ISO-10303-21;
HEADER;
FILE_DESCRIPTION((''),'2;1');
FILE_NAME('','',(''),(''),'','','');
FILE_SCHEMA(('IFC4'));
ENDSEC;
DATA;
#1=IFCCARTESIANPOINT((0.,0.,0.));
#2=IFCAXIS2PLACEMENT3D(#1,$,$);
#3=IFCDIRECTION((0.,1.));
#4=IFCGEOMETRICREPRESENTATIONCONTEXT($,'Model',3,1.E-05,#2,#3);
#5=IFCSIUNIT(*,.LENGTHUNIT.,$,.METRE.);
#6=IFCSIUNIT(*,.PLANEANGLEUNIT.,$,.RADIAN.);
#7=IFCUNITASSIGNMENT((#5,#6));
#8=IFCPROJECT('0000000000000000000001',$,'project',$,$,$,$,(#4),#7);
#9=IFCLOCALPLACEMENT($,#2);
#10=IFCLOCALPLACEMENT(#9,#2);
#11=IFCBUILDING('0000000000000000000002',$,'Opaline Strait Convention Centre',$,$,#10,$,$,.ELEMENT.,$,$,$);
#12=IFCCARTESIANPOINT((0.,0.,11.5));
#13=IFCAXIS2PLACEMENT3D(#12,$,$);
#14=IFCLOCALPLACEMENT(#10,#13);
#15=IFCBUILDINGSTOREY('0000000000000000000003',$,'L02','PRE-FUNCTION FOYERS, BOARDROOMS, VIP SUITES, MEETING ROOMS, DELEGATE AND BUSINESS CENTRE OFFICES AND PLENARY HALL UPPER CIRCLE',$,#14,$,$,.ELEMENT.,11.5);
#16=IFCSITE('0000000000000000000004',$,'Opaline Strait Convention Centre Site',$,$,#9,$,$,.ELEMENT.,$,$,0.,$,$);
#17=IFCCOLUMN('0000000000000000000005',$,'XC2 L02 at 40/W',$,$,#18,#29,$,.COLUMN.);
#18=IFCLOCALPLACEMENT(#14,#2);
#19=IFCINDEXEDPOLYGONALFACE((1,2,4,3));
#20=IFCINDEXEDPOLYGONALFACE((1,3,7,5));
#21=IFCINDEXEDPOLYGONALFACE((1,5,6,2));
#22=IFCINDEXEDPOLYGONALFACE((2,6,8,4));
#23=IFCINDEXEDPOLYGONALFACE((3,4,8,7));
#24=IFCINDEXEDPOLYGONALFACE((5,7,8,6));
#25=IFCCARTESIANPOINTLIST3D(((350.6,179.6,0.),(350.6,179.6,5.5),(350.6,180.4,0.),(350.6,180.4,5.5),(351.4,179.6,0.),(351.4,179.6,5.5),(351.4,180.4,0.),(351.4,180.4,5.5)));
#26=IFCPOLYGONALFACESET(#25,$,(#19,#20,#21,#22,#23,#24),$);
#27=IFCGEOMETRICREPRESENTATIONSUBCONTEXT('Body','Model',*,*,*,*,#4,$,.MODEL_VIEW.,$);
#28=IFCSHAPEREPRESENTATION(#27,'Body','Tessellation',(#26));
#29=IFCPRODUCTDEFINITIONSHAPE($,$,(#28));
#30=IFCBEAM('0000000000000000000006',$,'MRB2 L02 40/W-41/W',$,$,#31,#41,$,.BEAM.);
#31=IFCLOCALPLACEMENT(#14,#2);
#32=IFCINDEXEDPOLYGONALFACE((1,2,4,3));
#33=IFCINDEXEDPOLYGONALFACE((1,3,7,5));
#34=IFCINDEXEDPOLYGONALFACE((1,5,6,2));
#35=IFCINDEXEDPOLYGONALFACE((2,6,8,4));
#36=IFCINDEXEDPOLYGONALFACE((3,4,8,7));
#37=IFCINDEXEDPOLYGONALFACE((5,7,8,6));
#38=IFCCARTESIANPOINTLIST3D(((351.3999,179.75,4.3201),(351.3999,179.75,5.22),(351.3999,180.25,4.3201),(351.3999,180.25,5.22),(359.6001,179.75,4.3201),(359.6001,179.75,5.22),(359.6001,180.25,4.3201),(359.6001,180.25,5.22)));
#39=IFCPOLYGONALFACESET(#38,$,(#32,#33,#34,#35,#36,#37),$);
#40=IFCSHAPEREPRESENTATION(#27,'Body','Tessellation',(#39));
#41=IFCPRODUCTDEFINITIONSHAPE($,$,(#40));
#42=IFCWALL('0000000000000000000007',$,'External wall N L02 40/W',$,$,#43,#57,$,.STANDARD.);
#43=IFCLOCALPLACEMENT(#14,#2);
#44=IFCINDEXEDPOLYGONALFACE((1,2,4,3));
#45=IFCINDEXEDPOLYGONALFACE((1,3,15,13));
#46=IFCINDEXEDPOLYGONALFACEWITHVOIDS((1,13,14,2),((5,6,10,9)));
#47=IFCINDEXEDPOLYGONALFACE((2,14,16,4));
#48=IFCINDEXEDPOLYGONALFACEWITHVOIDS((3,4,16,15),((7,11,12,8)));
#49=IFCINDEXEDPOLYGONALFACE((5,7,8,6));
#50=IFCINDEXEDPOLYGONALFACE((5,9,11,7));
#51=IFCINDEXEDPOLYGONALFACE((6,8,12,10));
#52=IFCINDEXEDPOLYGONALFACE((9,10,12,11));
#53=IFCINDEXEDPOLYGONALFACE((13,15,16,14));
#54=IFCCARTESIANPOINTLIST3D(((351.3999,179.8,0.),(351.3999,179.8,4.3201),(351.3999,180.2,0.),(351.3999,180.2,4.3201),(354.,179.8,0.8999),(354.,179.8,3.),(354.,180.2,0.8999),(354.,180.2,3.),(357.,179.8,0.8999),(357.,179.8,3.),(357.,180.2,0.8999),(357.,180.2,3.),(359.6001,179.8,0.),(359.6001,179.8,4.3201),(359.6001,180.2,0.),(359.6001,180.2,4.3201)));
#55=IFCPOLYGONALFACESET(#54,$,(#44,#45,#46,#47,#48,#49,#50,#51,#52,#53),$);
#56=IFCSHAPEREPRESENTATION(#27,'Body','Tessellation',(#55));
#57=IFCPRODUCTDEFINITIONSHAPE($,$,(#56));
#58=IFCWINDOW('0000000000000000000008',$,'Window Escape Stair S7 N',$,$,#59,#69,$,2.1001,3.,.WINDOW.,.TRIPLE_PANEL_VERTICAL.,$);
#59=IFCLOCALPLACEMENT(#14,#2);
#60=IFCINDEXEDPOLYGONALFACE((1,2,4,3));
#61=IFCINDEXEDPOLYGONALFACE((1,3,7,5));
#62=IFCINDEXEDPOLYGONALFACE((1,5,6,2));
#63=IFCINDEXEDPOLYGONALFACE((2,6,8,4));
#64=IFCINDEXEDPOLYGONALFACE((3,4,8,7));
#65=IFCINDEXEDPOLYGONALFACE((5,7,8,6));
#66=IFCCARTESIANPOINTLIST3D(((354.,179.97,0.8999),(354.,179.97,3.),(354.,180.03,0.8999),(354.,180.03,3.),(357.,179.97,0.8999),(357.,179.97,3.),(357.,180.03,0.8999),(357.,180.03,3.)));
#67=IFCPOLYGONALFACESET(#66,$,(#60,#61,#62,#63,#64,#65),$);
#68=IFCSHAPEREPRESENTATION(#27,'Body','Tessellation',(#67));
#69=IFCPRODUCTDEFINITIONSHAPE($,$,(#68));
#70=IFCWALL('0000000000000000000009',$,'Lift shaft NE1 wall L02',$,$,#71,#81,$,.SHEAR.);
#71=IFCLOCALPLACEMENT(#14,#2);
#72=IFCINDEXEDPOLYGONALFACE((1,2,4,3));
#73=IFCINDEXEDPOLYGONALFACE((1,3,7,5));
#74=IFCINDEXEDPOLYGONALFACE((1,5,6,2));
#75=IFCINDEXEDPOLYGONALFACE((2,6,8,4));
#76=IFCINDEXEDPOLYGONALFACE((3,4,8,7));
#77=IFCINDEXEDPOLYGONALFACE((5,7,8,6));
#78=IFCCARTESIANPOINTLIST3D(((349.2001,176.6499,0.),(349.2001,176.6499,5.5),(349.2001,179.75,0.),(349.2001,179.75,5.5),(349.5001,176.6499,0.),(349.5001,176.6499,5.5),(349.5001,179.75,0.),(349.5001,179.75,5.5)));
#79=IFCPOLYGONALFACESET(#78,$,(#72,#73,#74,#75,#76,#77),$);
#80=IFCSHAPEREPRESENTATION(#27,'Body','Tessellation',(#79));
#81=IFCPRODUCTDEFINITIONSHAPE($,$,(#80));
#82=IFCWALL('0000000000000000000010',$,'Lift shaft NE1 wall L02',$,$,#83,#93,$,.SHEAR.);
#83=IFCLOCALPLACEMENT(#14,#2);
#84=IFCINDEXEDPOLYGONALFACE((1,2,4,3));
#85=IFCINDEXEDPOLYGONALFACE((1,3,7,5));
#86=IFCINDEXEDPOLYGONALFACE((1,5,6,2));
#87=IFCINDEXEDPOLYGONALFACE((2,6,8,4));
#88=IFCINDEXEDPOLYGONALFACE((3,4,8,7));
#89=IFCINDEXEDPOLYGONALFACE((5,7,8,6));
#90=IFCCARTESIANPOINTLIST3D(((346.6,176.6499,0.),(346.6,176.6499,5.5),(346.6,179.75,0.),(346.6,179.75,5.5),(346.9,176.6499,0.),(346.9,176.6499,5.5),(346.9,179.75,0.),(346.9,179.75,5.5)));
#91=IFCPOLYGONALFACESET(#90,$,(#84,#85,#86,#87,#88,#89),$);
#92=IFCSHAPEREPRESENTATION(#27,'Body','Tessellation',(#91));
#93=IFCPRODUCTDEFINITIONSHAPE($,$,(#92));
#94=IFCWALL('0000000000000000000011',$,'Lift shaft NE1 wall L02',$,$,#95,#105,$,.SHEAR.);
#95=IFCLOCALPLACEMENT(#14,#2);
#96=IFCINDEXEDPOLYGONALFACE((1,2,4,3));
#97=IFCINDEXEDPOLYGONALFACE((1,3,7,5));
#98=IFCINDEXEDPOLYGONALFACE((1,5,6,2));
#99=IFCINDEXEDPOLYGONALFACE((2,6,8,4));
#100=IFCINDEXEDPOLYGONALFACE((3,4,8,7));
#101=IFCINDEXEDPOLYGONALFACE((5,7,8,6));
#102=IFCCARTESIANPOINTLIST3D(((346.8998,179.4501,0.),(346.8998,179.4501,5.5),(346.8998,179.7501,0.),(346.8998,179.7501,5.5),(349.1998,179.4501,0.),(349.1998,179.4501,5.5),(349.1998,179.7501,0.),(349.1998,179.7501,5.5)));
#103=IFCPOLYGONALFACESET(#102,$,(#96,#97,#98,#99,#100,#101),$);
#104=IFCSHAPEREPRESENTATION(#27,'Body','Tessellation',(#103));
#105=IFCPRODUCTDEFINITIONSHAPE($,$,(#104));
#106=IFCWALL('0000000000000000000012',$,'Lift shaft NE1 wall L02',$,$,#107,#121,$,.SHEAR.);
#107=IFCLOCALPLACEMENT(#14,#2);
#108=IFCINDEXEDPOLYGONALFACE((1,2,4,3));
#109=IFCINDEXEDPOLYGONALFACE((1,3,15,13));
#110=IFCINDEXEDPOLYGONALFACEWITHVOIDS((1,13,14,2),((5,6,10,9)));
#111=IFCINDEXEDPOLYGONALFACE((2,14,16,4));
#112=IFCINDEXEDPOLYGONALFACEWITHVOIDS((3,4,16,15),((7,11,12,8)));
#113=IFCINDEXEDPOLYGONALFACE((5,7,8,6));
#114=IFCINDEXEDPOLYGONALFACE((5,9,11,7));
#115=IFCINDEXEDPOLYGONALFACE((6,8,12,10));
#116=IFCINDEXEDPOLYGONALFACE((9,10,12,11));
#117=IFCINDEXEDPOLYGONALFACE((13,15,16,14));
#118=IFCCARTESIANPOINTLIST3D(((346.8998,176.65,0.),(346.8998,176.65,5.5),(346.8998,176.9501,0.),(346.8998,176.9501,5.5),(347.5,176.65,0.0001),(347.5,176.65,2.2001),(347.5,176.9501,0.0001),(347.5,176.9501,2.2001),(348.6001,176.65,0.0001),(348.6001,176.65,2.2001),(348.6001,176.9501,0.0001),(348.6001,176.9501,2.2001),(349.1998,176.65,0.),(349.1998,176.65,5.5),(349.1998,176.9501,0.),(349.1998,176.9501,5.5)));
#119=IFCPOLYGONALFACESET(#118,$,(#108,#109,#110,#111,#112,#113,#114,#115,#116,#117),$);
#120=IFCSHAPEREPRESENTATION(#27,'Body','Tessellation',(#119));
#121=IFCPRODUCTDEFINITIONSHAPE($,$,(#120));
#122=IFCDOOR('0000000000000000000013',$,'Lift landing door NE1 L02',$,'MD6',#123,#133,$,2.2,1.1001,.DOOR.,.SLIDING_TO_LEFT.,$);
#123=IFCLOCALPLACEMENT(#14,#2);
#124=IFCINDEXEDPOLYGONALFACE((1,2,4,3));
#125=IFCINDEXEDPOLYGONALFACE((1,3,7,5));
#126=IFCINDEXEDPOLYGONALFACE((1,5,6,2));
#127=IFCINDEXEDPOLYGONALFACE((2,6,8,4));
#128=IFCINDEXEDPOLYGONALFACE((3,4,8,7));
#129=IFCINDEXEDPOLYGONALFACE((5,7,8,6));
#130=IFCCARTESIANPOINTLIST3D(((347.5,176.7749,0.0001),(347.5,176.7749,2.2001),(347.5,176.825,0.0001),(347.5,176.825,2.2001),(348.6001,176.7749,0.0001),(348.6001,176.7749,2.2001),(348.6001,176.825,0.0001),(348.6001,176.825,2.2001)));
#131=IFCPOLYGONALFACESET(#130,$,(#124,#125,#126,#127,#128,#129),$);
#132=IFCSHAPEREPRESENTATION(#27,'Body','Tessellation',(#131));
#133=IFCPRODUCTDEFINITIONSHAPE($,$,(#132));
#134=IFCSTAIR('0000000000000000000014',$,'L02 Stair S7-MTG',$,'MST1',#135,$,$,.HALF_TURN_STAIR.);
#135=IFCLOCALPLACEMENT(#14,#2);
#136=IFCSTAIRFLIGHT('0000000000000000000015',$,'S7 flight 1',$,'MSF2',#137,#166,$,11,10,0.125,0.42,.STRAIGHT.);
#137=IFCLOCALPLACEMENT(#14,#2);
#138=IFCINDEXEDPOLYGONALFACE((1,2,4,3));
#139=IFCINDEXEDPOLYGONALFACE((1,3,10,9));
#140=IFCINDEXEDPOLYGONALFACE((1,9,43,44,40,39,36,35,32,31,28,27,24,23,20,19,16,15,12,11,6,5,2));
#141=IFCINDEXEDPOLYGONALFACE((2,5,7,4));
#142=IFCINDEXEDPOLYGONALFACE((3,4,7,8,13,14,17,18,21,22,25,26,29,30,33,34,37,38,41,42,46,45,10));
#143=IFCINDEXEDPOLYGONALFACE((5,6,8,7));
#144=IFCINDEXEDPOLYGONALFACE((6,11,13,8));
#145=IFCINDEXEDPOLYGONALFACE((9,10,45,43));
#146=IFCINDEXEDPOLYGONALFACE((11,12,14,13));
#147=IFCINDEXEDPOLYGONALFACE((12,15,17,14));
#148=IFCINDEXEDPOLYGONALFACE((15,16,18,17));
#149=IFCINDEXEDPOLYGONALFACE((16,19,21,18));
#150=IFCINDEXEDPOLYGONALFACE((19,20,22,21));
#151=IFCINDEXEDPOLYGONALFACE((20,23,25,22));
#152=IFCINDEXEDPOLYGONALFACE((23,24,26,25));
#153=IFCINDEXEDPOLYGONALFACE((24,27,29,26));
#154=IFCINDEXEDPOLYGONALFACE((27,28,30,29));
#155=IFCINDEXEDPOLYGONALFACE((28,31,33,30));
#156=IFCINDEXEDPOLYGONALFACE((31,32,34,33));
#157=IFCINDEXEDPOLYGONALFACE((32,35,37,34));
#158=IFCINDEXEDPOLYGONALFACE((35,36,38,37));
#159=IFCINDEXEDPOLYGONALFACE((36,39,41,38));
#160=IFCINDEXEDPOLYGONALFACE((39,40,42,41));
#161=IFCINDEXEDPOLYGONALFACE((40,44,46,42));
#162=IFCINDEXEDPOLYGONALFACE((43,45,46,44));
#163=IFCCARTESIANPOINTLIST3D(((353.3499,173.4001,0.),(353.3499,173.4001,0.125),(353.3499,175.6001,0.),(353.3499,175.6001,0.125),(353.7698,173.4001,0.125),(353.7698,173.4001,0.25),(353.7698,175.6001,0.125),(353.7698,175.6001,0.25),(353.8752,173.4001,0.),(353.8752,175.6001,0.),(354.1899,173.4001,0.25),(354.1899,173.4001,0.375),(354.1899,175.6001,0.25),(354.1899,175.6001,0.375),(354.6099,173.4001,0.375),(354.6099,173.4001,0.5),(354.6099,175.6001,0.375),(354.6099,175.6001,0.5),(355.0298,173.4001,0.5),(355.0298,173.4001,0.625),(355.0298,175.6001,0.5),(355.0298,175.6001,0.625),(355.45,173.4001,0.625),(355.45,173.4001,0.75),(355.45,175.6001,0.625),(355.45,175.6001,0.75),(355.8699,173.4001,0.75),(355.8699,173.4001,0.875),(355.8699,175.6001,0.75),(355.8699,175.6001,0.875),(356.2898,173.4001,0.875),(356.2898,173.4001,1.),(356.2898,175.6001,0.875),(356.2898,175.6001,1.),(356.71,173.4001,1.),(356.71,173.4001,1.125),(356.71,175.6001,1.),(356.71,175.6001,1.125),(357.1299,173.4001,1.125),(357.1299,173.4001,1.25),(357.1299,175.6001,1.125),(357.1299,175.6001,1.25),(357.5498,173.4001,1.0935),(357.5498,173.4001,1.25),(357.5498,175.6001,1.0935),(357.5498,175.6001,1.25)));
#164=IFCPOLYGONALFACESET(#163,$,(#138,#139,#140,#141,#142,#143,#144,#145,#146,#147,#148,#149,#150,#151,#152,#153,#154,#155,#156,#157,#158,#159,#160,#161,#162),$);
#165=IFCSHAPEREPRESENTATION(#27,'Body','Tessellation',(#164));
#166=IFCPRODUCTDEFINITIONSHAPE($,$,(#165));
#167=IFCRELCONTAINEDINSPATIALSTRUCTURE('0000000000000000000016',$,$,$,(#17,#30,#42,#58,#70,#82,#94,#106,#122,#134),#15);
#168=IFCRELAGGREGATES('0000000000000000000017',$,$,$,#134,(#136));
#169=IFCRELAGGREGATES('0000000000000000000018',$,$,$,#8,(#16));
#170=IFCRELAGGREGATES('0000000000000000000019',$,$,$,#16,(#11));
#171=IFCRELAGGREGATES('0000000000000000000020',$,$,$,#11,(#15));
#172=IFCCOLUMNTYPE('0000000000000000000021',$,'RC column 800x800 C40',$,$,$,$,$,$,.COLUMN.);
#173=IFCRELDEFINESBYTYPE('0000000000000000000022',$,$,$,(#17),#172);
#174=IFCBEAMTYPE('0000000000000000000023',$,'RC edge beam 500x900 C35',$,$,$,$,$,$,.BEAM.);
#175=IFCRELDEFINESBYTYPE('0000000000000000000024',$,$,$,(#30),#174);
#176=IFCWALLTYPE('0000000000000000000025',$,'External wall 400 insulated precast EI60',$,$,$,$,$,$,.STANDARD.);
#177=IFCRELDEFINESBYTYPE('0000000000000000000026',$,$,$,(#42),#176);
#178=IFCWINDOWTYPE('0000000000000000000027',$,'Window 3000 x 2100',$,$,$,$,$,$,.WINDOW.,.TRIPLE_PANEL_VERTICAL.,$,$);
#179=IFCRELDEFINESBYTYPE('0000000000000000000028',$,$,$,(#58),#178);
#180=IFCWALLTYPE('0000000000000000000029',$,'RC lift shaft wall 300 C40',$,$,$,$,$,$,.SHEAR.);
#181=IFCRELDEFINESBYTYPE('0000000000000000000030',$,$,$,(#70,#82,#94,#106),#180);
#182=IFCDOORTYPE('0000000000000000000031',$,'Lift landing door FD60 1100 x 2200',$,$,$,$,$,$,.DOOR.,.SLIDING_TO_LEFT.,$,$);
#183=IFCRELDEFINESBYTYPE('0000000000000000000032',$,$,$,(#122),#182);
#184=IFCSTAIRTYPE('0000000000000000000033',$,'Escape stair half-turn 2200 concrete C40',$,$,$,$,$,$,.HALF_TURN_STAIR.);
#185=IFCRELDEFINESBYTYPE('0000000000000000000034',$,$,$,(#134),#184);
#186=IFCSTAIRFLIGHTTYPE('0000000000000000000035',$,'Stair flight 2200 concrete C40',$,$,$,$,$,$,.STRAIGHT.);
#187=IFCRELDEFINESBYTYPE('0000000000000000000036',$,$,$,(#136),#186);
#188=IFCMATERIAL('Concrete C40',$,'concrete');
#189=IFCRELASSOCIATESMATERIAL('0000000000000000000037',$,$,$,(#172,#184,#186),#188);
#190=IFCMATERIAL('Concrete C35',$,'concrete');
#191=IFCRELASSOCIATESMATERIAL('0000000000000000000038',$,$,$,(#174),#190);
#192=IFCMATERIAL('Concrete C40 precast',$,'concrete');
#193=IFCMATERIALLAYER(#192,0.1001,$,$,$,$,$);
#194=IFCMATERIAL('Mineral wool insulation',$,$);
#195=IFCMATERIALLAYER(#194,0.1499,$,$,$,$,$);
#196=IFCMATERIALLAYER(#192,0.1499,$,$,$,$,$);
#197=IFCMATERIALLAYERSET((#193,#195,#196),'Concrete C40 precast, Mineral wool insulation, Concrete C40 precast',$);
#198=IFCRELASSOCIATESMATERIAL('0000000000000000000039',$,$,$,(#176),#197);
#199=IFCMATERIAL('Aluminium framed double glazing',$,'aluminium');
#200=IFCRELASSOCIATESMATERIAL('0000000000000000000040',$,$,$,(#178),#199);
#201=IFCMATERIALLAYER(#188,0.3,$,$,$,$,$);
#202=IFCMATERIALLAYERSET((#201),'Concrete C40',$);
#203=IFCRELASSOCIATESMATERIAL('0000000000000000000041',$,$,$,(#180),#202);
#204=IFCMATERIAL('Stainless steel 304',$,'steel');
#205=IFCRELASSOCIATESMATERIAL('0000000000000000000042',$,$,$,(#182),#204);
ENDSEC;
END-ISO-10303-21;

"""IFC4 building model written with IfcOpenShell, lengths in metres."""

from ifc_helpers import new_model, si_unit, direction, frame, frame_2d, origin, origin_2d, place, context, subcontext, project, spatial, polyline, rectangle, outline, extrude, material, layer, layer_set, material_profile, profile_set, type_object, element, fill, aggregate, save


model = new_model("IFC4")

# Units and contexts
model_context = context("Model", 3, precision=1e-05, world=origin(), true_north=direction((0.0, 1.0)))
body_context = subcontext(model_context, "Body", "Model", "MODEL_VIEW")
ifc_project = project(units=[si_unit("LENGTHUNIT", "METRE"), si_unit("PLANEANGLEUNIT", "RADIAN")], contexts=[model_context])

# Site, building, storey
site_placement = place(None, origin())
site = spatial("IfcSite", under=ifc_project, at=site_placement, Name="Opaline Strait Convention Centre Site", CompositionType="ELEMENT", RefElevation=0.0)
building_placement = place(site_placement, origin())
building = spatial("IfcBuilding", under=site, at=building_placement, Name="Opaline Strait Convention Centre", CompositionType="ELEMENT")
storey_placement = place(building_placement, frame((0.0, 0.0, 11.5)))
storey = spatial("IfcBuildingStorey", under=building, at=storey_placement, Name="L02", Description="PRE-FUNCTION FOYERS, BOARDROOMS, VIP SUITES, MEETING ROOMS, DELEGATE AND BUSINESS CENTRE OFFICES AND PLENARY HALL UPPER CIRCLE", CompositionType="ELEMENT", Elevation=11.5)

# Column
ifc_material_1 = material(Name="Concrete C40", Category="concrete")
ifc_material_profile_1 = material_profile(ifc_material_1, rectangle(XDim=0.8, YDim=0.8, at=origin_2d()), Name="RC 800x800")
ifc_profile_set_1 = profile_set([ifc_material_profile_1], Name="Concrete C40")
column_type = type_object("IfcColumnType", Name="RC column 800x800 C40", PredefinedType="COLUMN", material=ifc_profile_set_1)
column_placement = place(storey_placement, frame((351.0, 180.0, 0.0), z_axis=(0.0, 0.0, 1.0), x_axis=(1.0, 0.0, 0.0)))
element("IfcColumn", 1, at=column_placement, inside=storey, type_object=column_type, Name="XC2 L02 at 40/W", PredefinedType="COLUMN", context=body_context, shape_type="SweptSolid", body=[
    extrude(rectangle(XDim=0.8, YDim=0.8, at=origin_2d()), origin(), (0.0, 0.0, 1.0), 5.5),
])

# Beam
ifc_material_2 = material(Name="Concrete C35", Category="concrete")
ifc_material_profile_2 = material_profile(ifc_material_2, rectangle(XDim=0.5, YDim=0.8999, at=origin_2d()), Name="RC 500x900")
ifc_profile_set_2 = profile_set([ifc_material_profile_2], Name="Concrete C35")
beam_type = type_object("IfcBeamType", Name="RC edge beam 500x900 C35", PredefinedType="BEAM", material=ifc_profile_set_2)
beam_placement = place(storey_placement, frame((351.3999, 180.0, 4.77), z_axis=(1.0, 0.0, 0.0), x_axis=(0.0, 1.0, 0.0)))
element("IfcBeam", 2, at=beam_placement, inside=storey, type_object=beam_type, Name="MRB2 L02 40/W-41/W", PredefinedType="BEAM", context=body_context, shape_type="SweptSolid", body=[
    extrude(rectangle(XDim=0.5, YDim=0.8999, at=origin_2d()), origin(), (0.0, 0.0, 1.0), 8.2002),
])

# Wall, opening, window
ifc_material_3 = material(Name="Concrete C40 precast", Category="concrete")
ifc_layer_1 = layer(ifc_material_3, 0.1001)
ifc_material_4 = material(Name="Mineral wool insulation")
ifc_layer_2 = layer(ifc_material_4, 0.1499)
ifc_layer_3 = layer(ifc_material_3, 0.1499)
ifc_layer_set_1 = layer_set([ifc_layer_1, ifc_layer_2, ifc_layer_3], Name="Concrete C40 precast, Mineral wool insulation, Concrete C40 precast")
wall_type_1 = type_object("IfcWallType", Name="External wall 400 insulated precast EI60", PredefinedType="STANDARD", material=ifc_layer_set_1)
wall_1_placement = place(storey_placement, frame((351.3999, 180.0, 0.0), z_axis=(0.0, 0.0, 1.0), x_axis=(1.0, 0.0, 0.0)))
wall_1 = element("IfcWall", 3, at=wall_1_placement, inside=storey, type_object=wall_type_1, Name="External wall N L02 40/W", PredefinedType="STANDARD", context=body_context, shape_type="SweptSolid", body=[
    extrude(rectangle(XDim=8.2002, YDim=0.3999, at=frame_2d((4.1001, 0.0))), origin(), (0.0, 0.0, 1.0), 4.3201),
])
opening_1_placement = place(wall_1_placement, frame((2.6001, 0.0, 0.8999)))
opening_1 = element("IfcOpeningElement", 4, at=opening_1_placement, cuts=wall_1, PredefinedType="OPENING", context=body_context, shape_type="SweptSolid", body=[
    extrude(rectangle(XDim=3.0, YDim=2.1001, at=frame_2d((1.5, 1.05))), frame((0.0, 0.21, 0.0), z_axis=(0.0, -1.0, 0.0), x_axis=(1.0, 0.0, 0.0)), (0.0, 0.0, 1.0), 0.4199),
])
ifc_material_5 = material(Name="Aluminium framed double glazing", Category="aluminium")
window_type = type_object("IfcWindowType", Name="Window 3000 x 2100", PartitioningType="TRIPLE_PANEL_VERTICAL", PredefinedType="WINDOW", material=ifc_material_5)
window_placement = place(opening_1_placement, origin())
window = element("IfcWindow", 5, at=window_placement, inside=storey, type_object=window_type, Name="Window Escape Stair S7 N", OverallHeight=2.1001, OverallWidth=3.0, PartitioningType="TRIPLE_PANEL_VERTICAL", PredefinedType="WINDOW", context=body_context, shape_type="SweptSolid", body=[
    extrude(rectangle(XDim=3.0, YDim=2.1001, at=frame_2d((1.5, 1.05))), frame((0.0, 0.03, 0.0), z_axis=(0.0, -1.0, 0.0), x_axis=(1.0, 0.0, 0.0)), (0.0, 0.0, 1.0), 0.0601),
])
fill(opening_1, window)

# Walls
ifc_layer_4 = layer(ifc_material_1, 0.3)
ifc_layer_set_2 = layer_set([ifc_layer_4], Name="Concrete C40")
wall_type_2 = type_object("IfcWallType", Name="RC lift shaft wall 300 C40", PredefinedType="SHEAR", material=ifc_layer_set_2)
for number, where, z_axis, x_axis, name in (
    (6, (349.3501, 176.6499, 0.0), (0.0, 0.0, 1.0), (0.0, 1.0, 0.0), "Lift shaft NE1 wall L02"),
    (7, (346.75, 176.6499, 0.0), (0.0, 0.0, 1.0), (0.0, 1.0, 0.0), "Lift shaft NE1 wall L02"),
):
    element("IfcWall", number, at=place(storey_placement, frame(where, z_axis=z_axis, x_axis=x_axis)), inside=storey, type_object=wall_type_2, Name=name, PredefinedType="SHEAR", context=body_context, shape_type="SweptSolid", body=[
        extrude(rectangle(XDim=3.1001, YDim=0.3, at=frame_2d((1.55, 0.0))), origin(), (0.0, 0.0, 1.0), 5.5),
    ])
wall_2_placement = place(storey_placement, frame((346.8999, 179.6001, 0.0), z_axis=(0.0, 0.0, 1.0), x_axis=(1.0, 0.0, 0.0)))
element("IfcWall", 8, at=wall_2_placement, inside=storey, type_object=wall_type_2, Name="Lift shaft NE1 wall L02", PredefinedType="SHEAR", context=body_context, shape_type="SweptSolid", body=[
    extrude(rectangle(XDim=2.3, YDim=0.3, at=frame_2d((1.1499, 0.0))), origin(), (0.0, 0.0, 1.0), 5.5),
])

# Wall, opening, door
wall_3_placement = place(storey_placement, frame((346.8999, 176.8, 0.0), z_axis=(0.0, 0.0, 1.0), x_axis=(1.0, 0.0, 0.0)))
wall_3 = element("IfcWall", 9, at=wall_3_placement, inside=storey, type_object=wall_type_2, Name="Lift shaft NE1 wall L02", PredefinedType="SHEAR", context=body_context, shape_type="SweptSolid", body=[
    extrude(rectangle(XDim=2.3, YDim=0.3, at=frame_2d((1.1499, 0.0))), origin(), (0.0, 0.0, 1.0), 5.5),
])
opening_2_placement = place(wall_3_placement, frame((0.6001, 0.0, 0.0)))
opening_2 = element("IfcOpeningElement", 10, at=opening_2_placement, cuts=wall_3, PredefinedType="OPENING", context=body_context, shape_type="SweptSolid", body=[
    extrude(rectangle(XDim=1.1001, YDim=2.2, at=frame_2d((0.55, 1.1001))), frame((0.0, 0.1599, 0.0), z_axis=(0.0, -1.0, 0.0), x_axis=(1.0, 0.0, 0.0)), (0.0, 0.0, 1.0), 0.3201),
])
ifc_material_6 = material(Name="Stainless steel 304", Category="steel")
door_type = type_object("IfcDoorType", Name="Lift landing door FD60 1100 x 2200", OperationType="SLIDING_TO_LEFT", PredefinedType="DOOR", material=ifc_material_6)
door_placement = place(opening_2_placement, origin())
door = element("IfcDoor", 11, at=door_placement, inside=storey, type_object=door_type, Name="Lift landing door NE1 L02", ObjectType="MD6", OperationType="SLIDING_TO_LEFT", OverallHeight=2.2, OverallWidth=1.1001, PredefinedType="DOOR", context=body_context, shape_type="SweptSolid", body=[
    extrude(rectangle(XDim=1.1001, YDim=2.2, at=frame_2d((0.55, 1.1001))), frame((0.0, 0.0249, 0.0), z_axis=(0.0, -1.0, 0.0), x_axis=(1.0, 0.0, 0.0)), (0.0, 0.0, 1.0), 0.05),
])
fill(opening_2, door)

# Stair, stair flight
stair_type = type_object("IfcStairType", Name="Escape stair half-turn 2200 concrete C40", PredefinedType="HALF_TURN_STAIR", material=ifc_material_1)
stair_placement = place(storey_placement, origin())
stair = element("IfcStair", 12, at=stair_placement, inside=storey, type_object=stair_type, Name="L02 Stair S7-MTG", ObjectType="MST1", PredefinedType="HALF_TURN_STAIR")
stair_flight_type = type_object("IfcStairFlightType", Name="Stair flight 2200 concrete C40", PredefinedType="STRAIGHT", material=ifc_material_1)
stair_flight_1_placement = place(storey_placement, frame((353.3499, 174.5, 0.0), z_axis=(0.0, 0.0, 1.0), x_axis=(1.0, 0.0, 0.0)))
stair_flight_1 = element("IfcStairFlight", 13, at=stair_flight_1_placement, type_object=stair_flight_type, Name="S7 flight 1", ObjectType="MSF2", NumberOfRisers=11, NumberOfTreads=10, PredefinedType="STRAIGHT", RiserHeight=0.125, TreadLength=0.42, context=body_context, shape_type="SweptSolid", body=[
    extrude(outline(polyline([(0.0, 0.0), (0.0, 0.125), (0.4199, 0.125), (0.4199, 0.25), (0.8401, 0.25), (0.8401, 0.375), (1.26, 0.375), (1.26, 0.5), (1.6799, 0.5), (1.6799, 0.625), (2.1001, 0.625), (2.1001, 0.75), (2.52, 0.75), (2.52, 0.875), (2.9399, 0.875), (2.9399, 1.0), (3.3601, 1.0), (3.3601, 1.125), (3.78, 1.125), (3.78, 1.25), (4.2, 1.25), (4.2, 1.375), (4.2, 1.0935), (0.5254, 0.0), (0.0, 0.0)])), frame((0.0, 1.1001, 0.0), z_axis=(0.0, -1.0, 0.0), x_axis=(1.0, 0.0, 0.0)), (0.0, 0.0, 1.0), 2.2),
])
aggregate(stair, [stair_flight_1])

save(model, "model.ifc")
